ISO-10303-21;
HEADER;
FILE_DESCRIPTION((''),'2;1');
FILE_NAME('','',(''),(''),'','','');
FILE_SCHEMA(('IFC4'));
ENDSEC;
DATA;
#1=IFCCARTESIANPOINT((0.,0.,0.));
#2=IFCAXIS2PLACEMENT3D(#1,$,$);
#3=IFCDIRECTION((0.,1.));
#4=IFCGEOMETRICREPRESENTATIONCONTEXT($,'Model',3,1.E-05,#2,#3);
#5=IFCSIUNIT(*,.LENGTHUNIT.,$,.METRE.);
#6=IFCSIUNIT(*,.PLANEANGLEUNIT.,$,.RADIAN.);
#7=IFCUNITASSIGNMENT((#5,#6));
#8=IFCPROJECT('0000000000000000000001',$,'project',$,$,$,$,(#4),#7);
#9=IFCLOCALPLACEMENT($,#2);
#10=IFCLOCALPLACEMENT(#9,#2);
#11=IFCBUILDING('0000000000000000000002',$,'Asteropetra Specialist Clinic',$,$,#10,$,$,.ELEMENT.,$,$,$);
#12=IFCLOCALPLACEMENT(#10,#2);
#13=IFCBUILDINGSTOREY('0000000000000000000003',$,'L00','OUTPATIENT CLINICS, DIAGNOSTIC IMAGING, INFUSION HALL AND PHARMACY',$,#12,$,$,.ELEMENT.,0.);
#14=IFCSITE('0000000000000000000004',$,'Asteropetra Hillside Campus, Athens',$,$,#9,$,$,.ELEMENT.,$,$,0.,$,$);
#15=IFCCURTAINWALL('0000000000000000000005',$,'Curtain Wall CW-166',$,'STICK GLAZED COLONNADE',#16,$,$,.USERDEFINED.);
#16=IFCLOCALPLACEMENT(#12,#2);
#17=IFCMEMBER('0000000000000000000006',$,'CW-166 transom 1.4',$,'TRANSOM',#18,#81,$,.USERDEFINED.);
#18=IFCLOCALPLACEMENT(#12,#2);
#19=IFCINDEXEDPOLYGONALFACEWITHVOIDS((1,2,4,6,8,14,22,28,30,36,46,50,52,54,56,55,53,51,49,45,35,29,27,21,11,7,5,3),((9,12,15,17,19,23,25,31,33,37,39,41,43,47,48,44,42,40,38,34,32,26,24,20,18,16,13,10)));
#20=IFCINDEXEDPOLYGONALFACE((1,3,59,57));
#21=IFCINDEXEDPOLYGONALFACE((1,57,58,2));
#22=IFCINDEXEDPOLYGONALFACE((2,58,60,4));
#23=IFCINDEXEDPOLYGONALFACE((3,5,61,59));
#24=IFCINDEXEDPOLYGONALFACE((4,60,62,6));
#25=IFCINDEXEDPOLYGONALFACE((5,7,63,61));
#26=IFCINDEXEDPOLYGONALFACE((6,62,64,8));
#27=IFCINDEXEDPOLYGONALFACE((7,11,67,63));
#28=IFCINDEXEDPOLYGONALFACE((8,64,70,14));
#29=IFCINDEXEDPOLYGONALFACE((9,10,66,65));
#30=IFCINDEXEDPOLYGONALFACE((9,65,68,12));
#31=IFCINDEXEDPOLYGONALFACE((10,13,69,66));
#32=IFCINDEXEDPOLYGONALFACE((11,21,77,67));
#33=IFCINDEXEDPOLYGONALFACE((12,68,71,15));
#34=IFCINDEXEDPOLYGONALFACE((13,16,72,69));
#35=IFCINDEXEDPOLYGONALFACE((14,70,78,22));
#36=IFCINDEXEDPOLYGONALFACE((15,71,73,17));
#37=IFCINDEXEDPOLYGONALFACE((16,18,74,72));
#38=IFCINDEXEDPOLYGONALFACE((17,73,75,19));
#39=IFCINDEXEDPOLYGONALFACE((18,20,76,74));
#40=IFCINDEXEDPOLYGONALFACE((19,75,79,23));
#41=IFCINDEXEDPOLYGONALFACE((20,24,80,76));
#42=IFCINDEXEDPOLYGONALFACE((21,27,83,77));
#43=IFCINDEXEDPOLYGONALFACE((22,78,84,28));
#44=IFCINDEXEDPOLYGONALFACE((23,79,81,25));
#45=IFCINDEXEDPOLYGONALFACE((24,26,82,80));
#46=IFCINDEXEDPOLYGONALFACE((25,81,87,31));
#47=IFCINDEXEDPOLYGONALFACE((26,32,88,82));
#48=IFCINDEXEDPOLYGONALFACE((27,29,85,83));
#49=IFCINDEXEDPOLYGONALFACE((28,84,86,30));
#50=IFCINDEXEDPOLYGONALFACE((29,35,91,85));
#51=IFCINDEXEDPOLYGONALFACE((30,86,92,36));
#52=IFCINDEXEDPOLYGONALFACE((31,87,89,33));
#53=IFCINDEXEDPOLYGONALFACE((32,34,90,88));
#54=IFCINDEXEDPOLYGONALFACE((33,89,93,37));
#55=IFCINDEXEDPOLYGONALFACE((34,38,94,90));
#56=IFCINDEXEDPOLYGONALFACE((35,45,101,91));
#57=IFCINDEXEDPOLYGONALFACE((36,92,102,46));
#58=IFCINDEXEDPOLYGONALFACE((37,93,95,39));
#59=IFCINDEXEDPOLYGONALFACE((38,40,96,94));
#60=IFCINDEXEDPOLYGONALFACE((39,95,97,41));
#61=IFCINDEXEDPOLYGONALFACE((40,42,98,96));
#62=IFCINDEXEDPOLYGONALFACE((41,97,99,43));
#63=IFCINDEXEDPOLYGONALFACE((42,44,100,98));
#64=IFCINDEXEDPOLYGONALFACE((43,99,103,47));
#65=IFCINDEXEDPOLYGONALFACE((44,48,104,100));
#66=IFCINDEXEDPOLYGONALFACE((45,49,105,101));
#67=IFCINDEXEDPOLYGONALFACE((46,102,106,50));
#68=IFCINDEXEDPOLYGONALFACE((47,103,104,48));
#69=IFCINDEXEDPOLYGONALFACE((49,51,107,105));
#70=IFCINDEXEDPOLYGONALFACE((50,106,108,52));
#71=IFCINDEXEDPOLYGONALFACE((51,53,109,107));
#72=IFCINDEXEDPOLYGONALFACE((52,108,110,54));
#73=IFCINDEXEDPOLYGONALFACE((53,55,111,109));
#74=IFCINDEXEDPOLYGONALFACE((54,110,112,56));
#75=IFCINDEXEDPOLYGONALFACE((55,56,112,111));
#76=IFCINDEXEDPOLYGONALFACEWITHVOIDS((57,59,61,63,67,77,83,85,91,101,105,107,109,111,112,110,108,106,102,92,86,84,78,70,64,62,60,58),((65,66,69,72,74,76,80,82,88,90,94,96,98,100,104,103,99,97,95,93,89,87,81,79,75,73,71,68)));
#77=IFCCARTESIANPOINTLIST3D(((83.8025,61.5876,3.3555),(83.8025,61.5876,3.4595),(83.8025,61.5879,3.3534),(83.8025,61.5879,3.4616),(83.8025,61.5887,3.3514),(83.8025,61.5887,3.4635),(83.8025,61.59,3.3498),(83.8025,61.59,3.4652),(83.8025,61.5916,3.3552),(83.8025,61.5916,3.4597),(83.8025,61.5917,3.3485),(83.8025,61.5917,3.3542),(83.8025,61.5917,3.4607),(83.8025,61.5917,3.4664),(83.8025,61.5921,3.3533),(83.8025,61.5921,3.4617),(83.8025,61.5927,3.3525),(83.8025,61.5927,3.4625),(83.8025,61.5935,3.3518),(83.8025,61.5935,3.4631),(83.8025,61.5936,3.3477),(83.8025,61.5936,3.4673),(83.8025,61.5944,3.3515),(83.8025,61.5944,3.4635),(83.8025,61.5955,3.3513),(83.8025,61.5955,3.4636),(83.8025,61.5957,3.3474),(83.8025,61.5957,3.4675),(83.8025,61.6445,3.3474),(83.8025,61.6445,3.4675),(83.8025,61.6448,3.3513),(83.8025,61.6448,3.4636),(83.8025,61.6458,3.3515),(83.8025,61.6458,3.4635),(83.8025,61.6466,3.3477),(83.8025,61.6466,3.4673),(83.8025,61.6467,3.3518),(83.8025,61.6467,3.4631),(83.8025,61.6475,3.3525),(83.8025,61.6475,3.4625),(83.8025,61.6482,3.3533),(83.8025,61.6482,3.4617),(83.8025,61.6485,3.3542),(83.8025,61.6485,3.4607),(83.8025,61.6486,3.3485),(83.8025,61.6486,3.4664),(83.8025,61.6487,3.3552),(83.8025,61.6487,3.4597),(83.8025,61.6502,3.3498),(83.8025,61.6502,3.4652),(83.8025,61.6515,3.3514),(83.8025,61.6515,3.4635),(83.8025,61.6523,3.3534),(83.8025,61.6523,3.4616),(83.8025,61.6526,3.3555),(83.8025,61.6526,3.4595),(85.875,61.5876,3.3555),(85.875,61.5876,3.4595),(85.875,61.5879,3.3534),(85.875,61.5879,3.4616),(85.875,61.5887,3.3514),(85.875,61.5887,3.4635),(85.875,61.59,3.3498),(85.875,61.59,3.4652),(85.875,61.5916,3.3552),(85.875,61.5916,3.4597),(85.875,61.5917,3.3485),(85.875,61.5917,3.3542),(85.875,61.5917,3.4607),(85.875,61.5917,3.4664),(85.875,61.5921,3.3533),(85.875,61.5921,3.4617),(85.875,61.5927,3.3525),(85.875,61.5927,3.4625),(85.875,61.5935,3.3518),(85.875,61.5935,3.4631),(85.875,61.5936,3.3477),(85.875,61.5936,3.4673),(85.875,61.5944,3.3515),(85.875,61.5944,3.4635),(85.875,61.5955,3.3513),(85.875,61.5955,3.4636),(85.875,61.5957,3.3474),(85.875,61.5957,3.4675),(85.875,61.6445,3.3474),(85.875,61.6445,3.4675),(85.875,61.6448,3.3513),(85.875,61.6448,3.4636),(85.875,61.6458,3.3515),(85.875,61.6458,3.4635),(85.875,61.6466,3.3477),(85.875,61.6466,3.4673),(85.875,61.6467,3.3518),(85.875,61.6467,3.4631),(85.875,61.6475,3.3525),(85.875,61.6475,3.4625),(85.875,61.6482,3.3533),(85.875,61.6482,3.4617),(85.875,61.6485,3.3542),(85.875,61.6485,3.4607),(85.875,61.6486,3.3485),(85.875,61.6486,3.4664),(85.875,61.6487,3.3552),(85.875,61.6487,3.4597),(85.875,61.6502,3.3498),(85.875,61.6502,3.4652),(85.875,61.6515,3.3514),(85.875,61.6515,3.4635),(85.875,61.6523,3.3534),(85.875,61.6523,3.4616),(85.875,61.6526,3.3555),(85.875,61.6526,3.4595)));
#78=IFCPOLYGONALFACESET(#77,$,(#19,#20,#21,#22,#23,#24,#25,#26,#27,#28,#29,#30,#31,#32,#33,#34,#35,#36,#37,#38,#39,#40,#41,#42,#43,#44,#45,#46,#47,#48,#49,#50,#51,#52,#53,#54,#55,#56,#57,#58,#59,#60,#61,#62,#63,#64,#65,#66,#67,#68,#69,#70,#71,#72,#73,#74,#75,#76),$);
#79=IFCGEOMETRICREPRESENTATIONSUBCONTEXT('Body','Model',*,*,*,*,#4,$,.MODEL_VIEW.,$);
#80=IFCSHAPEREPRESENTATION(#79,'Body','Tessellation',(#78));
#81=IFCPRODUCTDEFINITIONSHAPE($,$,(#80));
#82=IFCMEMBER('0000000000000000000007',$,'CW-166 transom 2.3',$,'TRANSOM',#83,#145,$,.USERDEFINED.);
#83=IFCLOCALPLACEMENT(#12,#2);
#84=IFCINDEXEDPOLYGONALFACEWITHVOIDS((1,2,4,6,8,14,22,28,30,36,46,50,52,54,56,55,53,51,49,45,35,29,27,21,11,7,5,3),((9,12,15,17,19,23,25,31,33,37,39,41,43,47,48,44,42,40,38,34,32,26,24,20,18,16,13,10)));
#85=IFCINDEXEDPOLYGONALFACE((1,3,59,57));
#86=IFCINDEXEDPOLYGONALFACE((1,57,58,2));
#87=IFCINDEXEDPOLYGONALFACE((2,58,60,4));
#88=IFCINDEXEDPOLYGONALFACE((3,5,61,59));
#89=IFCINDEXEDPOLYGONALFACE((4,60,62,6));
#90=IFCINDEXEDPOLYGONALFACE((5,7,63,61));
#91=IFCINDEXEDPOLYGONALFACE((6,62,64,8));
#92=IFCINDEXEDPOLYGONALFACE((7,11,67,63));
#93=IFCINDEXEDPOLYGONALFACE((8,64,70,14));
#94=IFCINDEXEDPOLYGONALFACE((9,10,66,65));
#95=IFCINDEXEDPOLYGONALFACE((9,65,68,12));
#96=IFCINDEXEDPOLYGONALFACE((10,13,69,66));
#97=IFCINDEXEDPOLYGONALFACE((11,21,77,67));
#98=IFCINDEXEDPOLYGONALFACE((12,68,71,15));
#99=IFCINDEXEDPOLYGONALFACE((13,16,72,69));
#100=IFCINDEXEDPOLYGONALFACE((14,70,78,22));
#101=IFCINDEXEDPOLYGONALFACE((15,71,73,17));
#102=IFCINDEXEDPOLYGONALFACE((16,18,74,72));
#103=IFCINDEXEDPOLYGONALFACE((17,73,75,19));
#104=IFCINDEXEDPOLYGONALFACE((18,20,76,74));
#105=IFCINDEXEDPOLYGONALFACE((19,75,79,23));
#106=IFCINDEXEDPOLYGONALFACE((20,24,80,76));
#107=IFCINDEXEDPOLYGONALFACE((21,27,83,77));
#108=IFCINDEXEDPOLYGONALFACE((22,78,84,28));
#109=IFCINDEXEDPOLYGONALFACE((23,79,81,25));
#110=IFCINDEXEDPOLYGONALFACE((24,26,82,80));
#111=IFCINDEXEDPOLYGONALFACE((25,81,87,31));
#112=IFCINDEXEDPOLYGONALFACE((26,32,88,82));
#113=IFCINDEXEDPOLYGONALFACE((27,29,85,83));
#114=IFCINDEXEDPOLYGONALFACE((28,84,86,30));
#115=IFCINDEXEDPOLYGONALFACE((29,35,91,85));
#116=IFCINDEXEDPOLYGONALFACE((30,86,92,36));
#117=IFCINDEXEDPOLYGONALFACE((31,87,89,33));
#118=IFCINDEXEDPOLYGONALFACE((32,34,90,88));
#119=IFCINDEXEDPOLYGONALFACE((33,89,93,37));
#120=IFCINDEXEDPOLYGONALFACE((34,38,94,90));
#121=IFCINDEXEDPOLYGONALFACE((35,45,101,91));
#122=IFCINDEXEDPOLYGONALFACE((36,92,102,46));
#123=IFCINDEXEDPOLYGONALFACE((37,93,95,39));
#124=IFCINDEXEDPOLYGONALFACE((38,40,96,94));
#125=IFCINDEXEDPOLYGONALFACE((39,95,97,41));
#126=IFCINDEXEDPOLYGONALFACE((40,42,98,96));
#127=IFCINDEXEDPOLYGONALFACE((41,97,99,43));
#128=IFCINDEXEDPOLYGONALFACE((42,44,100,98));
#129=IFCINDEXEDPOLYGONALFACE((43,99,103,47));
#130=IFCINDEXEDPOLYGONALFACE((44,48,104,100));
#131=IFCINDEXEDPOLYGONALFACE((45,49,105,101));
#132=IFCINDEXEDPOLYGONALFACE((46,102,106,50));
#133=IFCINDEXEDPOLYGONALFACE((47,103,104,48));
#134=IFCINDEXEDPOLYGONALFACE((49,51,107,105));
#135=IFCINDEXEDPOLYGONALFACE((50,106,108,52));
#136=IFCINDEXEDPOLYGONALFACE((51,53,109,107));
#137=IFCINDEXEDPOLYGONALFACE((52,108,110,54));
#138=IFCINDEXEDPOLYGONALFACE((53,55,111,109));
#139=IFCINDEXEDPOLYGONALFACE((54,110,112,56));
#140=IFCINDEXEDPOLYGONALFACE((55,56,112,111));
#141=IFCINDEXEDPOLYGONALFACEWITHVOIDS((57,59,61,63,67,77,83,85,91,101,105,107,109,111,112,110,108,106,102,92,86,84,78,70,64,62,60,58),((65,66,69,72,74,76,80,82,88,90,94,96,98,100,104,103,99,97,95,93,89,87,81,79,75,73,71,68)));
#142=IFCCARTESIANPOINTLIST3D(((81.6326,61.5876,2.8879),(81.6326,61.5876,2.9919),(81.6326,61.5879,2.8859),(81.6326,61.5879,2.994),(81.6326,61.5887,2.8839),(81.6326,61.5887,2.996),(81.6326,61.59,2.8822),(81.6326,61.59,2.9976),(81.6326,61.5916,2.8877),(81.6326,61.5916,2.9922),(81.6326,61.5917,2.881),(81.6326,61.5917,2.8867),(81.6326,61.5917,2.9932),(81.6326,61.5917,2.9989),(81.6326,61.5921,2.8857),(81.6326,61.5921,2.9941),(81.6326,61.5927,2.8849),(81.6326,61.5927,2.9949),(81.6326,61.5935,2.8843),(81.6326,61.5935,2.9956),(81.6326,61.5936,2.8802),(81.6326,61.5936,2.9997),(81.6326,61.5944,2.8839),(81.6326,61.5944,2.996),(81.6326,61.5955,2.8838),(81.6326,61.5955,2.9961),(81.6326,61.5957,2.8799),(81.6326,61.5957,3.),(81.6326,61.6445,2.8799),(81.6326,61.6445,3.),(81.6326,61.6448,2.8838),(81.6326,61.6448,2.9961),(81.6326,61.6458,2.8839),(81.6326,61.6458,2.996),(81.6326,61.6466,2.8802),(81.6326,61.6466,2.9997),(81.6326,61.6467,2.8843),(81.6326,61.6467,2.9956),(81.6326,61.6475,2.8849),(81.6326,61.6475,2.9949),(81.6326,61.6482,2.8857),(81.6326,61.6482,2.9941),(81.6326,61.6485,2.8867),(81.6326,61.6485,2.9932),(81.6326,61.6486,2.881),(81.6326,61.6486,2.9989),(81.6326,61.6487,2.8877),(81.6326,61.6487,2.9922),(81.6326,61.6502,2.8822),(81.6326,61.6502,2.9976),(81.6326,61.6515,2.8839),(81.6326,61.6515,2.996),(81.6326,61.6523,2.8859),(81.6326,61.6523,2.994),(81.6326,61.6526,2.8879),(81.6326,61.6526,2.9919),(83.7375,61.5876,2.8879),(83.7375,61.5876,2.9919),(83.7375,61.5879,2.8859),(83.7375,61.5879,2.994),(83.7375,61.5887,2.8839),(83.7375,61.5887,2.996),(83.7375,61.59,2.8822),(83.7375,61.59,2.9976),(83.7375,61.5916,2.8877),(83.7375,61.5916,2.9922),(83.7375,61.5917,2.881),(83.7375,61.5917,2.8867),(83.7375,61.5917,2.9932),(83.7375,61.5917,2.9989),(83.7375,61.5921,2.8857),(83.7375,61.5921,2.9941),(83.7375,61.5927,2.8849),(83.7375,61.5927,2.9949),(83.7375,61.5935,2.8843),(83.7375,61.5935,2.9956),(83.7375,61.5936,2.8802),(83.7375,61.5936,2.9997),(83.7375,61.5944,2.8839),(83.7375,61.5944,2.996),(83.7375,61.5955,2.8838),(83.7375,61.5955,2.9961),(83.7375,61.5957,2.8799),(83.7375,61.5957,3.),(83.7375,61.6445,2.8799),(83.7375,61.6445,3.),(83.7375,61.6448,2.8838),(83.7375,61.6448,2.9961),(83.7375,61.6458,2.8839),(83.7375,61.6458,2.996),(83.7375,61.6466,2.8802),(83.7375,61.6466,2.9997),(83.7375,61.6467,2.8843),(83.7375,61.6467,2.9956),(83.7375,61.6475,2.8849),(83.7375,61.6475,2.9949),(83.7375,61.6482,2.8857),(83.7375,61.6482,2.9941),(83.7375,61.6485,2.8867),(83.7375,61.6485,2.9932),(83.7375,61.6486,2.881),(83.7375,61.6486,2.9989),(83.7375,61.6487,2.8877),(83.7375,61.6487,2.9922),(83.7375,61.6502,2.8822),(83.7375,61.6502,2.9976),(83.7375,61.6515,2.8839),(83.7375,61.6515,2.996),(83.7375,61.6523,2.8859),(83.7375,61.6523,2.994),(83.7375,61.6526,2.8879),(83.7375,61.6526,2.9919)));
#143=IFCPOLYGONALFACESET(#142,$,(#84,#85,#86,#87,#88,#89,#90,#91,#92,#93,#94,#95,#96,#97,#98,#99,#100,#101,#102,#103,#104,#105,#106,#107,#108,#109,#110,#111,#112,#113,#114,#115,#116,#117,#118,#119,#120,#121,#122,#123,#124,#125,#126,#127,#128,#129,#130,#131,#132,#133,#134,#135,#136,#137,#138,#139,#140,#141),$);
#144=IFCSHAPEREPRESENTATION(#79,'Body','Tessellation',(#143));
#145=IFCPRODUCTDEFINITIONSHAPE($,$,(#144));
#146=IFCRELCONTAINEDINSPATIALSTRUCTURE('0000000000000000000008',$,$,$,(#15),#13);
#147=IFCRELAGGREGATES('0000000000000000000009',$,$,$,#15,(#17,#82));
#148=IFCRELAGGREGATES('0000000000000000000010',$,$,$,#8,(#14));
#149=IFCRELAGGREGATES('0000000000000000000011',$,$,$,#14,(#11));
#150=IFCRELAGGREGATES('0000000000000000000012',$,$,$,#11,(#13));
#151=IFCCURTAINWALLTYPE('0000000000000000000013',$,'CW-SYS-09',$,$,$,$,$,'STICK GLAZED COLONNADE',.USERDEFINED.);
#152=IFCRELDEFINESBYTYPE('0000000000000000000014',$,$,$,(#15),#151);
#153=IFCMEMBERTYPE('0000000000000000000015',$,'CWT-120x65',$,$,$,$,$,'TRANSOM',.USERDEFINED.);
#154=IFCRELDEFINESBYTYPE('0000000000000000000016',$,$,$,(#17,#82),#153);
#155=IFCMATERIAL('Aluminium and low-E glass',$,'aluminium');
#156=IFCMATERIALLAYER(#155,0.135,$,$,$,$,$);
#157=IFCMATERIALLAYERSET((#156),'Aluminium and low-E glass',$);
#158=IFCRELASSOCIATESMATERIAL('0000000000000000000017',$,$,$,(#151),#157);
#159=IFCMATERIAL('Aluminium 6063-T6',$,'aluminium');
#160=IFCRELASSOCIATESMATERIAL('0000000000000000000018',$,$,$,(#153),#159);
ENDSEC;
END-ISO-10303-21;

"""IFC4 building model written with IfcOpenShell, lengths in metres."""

from ifc_helpers import new_model, si_unit, direction, frame, origin, origin_2d, place, context, subcontext, project, spatial, hollow_rectangle, extrude, material, layer, layer_set, material_profile, profile_set, type_object, element, aggregate, save


model = new_model("IFC4")

# Units and contexts
model_context = context("Model", 3, precision=1e-05, world=origin(), true_north=direction((0.0, 1.0)))
body_context = subcontext(model_context, "Body", "Model", "MODEL_VIEW")
ifc_project = project(units=[si_unit("LENGTHUNIT", "METRE"), si_unit("PLANEANGLEUNIT", "RADIAN")], contexts=[model_context])

# Site, building, storey
site_placement = place(None, origin())
site = spatial("IfcSite", under=ifc_project, at=site_placement, Name="Asteropetra Hillside Campus, Athens", CompositionType="ELEMENT", RefElevation=0.0)
building_placement = place(site_placement, origin())
building = spatial("IfcBuilding", under=site, at=building_placement, Name="Asteropetra Specialist Clinic", CompositionType="ELEMENT")
storey_placement = place(building_placement, origin())
storey = spatial("IfcBuildingStorey", under=building, at=storey_placement, Name="L00", Description="OUTPATIENT CLINICS, DIAGNOSTIC IMAGING, INFUSION HALL AND PHARMACY", CompositionType="ELEMENT", Elevation=0.0)

# Curtain wall, members
ifc_material_1 = material(Name="Aluminium and low-E glass", Category="aluminium")
ifc_layer_1 = layer(ifc_material_1, 0.135)
ifc_layer_set_1 = layer_set([ifc_layer_1], Name="Aluminium and low-E glass")
curtain_wall_type_1 = type_object("IfcCurtainWallType", Name="CW-SYS-09", ElementType="STICK GLAZED COLONNADE", PredefinedType="USERDEFINED", material=ifc_layer_set_1)
curtain_wall_1_placement = place(storey_placement, origin())
curtain_wall_1 = element("IfcCurtainWall", 1, at=curtain_wall_1_placement, inside=storey, type_object=curtain_wall_type_1, Name="Curtain Wall CW-166", ObjectType="STICK GLAZED COLONNADE", PredefinedType="USERDEFINED")
ifc_material_2 = material(Name="Aluminium 6063-T6", Category="aluminium")
ifc_material_profile_1 = material_profile(ifc_material_2, hollow_rectangle(XDim=0.0649, YDim=0.1201, WallThickness=0.0039, InnerFilletRadius=0.0039, OuterFilletRadius=0.0081, at=origin_2d()), Name="TRN 120x65x4.0")
ifc_profile_set_1 = profile_set([ifc_material_profile_1], Name="Aluminium 6063-T6")
member_type_1 = type_object("IfcMemberType", Name="CWT-120x65", ElementType="TRANSOM", PredefinedType="USERDEFINED", material=ifc_profile_set_1)
member_1_placement = place(storey_placement, frame((85.875, 61.6201, 3.4075), z_axis=(-1.0, 0.0, 0.0), x_axis=(0.0, -1.0, 0.0)))
member_1 = element("IfcMember", 2, at=member_1_placement, type_object=member_type_1, Name="CW-166 transom 1.4", ObjectType="TRANSOM", PredefinedType="USERDEFINED", context=body_context, shape_type="SweptSolid", body=[
    extrude(hollow_rectangle(XDim=0.0649, YDim=0.1201, WallThickness=0.0039, InnerFilletRadius=0.0039, OuterFilletRadius=0.0081, at=origin_2d()), origin(), (0.0, 0.0, 1.0), 2.0725),
])
member_2_placement = place(storey_placement, frame((83.7375, 61.6201, 2.9399), z_axis=(-1.0, 0.0, 0.0), x_axis=(0.0, -1.0, 0.0)))
member_2 = element("IfcMember", 3, at=member_2_placement, type_object=member_type_1, Name="CW-166 transom 2.3", ObjectType="TRANSOM", PredefinedType="USERDEFINED", context=body_context, shape_type="SweptSolid", body=[
    extrude(hollow_rectangle(XDim=0.0649, YDim=0.1201, WallThickness=0.0039, InnerFilletRadius=0.0039, OuterFilletRadius=0.0081, at=origin_2d()), origin(), (0.0, 0.0, 1.0), 2.105),
])
aggregate(curtain_wall_1, [member_1, member_2])

save(model, "model.ifc")
